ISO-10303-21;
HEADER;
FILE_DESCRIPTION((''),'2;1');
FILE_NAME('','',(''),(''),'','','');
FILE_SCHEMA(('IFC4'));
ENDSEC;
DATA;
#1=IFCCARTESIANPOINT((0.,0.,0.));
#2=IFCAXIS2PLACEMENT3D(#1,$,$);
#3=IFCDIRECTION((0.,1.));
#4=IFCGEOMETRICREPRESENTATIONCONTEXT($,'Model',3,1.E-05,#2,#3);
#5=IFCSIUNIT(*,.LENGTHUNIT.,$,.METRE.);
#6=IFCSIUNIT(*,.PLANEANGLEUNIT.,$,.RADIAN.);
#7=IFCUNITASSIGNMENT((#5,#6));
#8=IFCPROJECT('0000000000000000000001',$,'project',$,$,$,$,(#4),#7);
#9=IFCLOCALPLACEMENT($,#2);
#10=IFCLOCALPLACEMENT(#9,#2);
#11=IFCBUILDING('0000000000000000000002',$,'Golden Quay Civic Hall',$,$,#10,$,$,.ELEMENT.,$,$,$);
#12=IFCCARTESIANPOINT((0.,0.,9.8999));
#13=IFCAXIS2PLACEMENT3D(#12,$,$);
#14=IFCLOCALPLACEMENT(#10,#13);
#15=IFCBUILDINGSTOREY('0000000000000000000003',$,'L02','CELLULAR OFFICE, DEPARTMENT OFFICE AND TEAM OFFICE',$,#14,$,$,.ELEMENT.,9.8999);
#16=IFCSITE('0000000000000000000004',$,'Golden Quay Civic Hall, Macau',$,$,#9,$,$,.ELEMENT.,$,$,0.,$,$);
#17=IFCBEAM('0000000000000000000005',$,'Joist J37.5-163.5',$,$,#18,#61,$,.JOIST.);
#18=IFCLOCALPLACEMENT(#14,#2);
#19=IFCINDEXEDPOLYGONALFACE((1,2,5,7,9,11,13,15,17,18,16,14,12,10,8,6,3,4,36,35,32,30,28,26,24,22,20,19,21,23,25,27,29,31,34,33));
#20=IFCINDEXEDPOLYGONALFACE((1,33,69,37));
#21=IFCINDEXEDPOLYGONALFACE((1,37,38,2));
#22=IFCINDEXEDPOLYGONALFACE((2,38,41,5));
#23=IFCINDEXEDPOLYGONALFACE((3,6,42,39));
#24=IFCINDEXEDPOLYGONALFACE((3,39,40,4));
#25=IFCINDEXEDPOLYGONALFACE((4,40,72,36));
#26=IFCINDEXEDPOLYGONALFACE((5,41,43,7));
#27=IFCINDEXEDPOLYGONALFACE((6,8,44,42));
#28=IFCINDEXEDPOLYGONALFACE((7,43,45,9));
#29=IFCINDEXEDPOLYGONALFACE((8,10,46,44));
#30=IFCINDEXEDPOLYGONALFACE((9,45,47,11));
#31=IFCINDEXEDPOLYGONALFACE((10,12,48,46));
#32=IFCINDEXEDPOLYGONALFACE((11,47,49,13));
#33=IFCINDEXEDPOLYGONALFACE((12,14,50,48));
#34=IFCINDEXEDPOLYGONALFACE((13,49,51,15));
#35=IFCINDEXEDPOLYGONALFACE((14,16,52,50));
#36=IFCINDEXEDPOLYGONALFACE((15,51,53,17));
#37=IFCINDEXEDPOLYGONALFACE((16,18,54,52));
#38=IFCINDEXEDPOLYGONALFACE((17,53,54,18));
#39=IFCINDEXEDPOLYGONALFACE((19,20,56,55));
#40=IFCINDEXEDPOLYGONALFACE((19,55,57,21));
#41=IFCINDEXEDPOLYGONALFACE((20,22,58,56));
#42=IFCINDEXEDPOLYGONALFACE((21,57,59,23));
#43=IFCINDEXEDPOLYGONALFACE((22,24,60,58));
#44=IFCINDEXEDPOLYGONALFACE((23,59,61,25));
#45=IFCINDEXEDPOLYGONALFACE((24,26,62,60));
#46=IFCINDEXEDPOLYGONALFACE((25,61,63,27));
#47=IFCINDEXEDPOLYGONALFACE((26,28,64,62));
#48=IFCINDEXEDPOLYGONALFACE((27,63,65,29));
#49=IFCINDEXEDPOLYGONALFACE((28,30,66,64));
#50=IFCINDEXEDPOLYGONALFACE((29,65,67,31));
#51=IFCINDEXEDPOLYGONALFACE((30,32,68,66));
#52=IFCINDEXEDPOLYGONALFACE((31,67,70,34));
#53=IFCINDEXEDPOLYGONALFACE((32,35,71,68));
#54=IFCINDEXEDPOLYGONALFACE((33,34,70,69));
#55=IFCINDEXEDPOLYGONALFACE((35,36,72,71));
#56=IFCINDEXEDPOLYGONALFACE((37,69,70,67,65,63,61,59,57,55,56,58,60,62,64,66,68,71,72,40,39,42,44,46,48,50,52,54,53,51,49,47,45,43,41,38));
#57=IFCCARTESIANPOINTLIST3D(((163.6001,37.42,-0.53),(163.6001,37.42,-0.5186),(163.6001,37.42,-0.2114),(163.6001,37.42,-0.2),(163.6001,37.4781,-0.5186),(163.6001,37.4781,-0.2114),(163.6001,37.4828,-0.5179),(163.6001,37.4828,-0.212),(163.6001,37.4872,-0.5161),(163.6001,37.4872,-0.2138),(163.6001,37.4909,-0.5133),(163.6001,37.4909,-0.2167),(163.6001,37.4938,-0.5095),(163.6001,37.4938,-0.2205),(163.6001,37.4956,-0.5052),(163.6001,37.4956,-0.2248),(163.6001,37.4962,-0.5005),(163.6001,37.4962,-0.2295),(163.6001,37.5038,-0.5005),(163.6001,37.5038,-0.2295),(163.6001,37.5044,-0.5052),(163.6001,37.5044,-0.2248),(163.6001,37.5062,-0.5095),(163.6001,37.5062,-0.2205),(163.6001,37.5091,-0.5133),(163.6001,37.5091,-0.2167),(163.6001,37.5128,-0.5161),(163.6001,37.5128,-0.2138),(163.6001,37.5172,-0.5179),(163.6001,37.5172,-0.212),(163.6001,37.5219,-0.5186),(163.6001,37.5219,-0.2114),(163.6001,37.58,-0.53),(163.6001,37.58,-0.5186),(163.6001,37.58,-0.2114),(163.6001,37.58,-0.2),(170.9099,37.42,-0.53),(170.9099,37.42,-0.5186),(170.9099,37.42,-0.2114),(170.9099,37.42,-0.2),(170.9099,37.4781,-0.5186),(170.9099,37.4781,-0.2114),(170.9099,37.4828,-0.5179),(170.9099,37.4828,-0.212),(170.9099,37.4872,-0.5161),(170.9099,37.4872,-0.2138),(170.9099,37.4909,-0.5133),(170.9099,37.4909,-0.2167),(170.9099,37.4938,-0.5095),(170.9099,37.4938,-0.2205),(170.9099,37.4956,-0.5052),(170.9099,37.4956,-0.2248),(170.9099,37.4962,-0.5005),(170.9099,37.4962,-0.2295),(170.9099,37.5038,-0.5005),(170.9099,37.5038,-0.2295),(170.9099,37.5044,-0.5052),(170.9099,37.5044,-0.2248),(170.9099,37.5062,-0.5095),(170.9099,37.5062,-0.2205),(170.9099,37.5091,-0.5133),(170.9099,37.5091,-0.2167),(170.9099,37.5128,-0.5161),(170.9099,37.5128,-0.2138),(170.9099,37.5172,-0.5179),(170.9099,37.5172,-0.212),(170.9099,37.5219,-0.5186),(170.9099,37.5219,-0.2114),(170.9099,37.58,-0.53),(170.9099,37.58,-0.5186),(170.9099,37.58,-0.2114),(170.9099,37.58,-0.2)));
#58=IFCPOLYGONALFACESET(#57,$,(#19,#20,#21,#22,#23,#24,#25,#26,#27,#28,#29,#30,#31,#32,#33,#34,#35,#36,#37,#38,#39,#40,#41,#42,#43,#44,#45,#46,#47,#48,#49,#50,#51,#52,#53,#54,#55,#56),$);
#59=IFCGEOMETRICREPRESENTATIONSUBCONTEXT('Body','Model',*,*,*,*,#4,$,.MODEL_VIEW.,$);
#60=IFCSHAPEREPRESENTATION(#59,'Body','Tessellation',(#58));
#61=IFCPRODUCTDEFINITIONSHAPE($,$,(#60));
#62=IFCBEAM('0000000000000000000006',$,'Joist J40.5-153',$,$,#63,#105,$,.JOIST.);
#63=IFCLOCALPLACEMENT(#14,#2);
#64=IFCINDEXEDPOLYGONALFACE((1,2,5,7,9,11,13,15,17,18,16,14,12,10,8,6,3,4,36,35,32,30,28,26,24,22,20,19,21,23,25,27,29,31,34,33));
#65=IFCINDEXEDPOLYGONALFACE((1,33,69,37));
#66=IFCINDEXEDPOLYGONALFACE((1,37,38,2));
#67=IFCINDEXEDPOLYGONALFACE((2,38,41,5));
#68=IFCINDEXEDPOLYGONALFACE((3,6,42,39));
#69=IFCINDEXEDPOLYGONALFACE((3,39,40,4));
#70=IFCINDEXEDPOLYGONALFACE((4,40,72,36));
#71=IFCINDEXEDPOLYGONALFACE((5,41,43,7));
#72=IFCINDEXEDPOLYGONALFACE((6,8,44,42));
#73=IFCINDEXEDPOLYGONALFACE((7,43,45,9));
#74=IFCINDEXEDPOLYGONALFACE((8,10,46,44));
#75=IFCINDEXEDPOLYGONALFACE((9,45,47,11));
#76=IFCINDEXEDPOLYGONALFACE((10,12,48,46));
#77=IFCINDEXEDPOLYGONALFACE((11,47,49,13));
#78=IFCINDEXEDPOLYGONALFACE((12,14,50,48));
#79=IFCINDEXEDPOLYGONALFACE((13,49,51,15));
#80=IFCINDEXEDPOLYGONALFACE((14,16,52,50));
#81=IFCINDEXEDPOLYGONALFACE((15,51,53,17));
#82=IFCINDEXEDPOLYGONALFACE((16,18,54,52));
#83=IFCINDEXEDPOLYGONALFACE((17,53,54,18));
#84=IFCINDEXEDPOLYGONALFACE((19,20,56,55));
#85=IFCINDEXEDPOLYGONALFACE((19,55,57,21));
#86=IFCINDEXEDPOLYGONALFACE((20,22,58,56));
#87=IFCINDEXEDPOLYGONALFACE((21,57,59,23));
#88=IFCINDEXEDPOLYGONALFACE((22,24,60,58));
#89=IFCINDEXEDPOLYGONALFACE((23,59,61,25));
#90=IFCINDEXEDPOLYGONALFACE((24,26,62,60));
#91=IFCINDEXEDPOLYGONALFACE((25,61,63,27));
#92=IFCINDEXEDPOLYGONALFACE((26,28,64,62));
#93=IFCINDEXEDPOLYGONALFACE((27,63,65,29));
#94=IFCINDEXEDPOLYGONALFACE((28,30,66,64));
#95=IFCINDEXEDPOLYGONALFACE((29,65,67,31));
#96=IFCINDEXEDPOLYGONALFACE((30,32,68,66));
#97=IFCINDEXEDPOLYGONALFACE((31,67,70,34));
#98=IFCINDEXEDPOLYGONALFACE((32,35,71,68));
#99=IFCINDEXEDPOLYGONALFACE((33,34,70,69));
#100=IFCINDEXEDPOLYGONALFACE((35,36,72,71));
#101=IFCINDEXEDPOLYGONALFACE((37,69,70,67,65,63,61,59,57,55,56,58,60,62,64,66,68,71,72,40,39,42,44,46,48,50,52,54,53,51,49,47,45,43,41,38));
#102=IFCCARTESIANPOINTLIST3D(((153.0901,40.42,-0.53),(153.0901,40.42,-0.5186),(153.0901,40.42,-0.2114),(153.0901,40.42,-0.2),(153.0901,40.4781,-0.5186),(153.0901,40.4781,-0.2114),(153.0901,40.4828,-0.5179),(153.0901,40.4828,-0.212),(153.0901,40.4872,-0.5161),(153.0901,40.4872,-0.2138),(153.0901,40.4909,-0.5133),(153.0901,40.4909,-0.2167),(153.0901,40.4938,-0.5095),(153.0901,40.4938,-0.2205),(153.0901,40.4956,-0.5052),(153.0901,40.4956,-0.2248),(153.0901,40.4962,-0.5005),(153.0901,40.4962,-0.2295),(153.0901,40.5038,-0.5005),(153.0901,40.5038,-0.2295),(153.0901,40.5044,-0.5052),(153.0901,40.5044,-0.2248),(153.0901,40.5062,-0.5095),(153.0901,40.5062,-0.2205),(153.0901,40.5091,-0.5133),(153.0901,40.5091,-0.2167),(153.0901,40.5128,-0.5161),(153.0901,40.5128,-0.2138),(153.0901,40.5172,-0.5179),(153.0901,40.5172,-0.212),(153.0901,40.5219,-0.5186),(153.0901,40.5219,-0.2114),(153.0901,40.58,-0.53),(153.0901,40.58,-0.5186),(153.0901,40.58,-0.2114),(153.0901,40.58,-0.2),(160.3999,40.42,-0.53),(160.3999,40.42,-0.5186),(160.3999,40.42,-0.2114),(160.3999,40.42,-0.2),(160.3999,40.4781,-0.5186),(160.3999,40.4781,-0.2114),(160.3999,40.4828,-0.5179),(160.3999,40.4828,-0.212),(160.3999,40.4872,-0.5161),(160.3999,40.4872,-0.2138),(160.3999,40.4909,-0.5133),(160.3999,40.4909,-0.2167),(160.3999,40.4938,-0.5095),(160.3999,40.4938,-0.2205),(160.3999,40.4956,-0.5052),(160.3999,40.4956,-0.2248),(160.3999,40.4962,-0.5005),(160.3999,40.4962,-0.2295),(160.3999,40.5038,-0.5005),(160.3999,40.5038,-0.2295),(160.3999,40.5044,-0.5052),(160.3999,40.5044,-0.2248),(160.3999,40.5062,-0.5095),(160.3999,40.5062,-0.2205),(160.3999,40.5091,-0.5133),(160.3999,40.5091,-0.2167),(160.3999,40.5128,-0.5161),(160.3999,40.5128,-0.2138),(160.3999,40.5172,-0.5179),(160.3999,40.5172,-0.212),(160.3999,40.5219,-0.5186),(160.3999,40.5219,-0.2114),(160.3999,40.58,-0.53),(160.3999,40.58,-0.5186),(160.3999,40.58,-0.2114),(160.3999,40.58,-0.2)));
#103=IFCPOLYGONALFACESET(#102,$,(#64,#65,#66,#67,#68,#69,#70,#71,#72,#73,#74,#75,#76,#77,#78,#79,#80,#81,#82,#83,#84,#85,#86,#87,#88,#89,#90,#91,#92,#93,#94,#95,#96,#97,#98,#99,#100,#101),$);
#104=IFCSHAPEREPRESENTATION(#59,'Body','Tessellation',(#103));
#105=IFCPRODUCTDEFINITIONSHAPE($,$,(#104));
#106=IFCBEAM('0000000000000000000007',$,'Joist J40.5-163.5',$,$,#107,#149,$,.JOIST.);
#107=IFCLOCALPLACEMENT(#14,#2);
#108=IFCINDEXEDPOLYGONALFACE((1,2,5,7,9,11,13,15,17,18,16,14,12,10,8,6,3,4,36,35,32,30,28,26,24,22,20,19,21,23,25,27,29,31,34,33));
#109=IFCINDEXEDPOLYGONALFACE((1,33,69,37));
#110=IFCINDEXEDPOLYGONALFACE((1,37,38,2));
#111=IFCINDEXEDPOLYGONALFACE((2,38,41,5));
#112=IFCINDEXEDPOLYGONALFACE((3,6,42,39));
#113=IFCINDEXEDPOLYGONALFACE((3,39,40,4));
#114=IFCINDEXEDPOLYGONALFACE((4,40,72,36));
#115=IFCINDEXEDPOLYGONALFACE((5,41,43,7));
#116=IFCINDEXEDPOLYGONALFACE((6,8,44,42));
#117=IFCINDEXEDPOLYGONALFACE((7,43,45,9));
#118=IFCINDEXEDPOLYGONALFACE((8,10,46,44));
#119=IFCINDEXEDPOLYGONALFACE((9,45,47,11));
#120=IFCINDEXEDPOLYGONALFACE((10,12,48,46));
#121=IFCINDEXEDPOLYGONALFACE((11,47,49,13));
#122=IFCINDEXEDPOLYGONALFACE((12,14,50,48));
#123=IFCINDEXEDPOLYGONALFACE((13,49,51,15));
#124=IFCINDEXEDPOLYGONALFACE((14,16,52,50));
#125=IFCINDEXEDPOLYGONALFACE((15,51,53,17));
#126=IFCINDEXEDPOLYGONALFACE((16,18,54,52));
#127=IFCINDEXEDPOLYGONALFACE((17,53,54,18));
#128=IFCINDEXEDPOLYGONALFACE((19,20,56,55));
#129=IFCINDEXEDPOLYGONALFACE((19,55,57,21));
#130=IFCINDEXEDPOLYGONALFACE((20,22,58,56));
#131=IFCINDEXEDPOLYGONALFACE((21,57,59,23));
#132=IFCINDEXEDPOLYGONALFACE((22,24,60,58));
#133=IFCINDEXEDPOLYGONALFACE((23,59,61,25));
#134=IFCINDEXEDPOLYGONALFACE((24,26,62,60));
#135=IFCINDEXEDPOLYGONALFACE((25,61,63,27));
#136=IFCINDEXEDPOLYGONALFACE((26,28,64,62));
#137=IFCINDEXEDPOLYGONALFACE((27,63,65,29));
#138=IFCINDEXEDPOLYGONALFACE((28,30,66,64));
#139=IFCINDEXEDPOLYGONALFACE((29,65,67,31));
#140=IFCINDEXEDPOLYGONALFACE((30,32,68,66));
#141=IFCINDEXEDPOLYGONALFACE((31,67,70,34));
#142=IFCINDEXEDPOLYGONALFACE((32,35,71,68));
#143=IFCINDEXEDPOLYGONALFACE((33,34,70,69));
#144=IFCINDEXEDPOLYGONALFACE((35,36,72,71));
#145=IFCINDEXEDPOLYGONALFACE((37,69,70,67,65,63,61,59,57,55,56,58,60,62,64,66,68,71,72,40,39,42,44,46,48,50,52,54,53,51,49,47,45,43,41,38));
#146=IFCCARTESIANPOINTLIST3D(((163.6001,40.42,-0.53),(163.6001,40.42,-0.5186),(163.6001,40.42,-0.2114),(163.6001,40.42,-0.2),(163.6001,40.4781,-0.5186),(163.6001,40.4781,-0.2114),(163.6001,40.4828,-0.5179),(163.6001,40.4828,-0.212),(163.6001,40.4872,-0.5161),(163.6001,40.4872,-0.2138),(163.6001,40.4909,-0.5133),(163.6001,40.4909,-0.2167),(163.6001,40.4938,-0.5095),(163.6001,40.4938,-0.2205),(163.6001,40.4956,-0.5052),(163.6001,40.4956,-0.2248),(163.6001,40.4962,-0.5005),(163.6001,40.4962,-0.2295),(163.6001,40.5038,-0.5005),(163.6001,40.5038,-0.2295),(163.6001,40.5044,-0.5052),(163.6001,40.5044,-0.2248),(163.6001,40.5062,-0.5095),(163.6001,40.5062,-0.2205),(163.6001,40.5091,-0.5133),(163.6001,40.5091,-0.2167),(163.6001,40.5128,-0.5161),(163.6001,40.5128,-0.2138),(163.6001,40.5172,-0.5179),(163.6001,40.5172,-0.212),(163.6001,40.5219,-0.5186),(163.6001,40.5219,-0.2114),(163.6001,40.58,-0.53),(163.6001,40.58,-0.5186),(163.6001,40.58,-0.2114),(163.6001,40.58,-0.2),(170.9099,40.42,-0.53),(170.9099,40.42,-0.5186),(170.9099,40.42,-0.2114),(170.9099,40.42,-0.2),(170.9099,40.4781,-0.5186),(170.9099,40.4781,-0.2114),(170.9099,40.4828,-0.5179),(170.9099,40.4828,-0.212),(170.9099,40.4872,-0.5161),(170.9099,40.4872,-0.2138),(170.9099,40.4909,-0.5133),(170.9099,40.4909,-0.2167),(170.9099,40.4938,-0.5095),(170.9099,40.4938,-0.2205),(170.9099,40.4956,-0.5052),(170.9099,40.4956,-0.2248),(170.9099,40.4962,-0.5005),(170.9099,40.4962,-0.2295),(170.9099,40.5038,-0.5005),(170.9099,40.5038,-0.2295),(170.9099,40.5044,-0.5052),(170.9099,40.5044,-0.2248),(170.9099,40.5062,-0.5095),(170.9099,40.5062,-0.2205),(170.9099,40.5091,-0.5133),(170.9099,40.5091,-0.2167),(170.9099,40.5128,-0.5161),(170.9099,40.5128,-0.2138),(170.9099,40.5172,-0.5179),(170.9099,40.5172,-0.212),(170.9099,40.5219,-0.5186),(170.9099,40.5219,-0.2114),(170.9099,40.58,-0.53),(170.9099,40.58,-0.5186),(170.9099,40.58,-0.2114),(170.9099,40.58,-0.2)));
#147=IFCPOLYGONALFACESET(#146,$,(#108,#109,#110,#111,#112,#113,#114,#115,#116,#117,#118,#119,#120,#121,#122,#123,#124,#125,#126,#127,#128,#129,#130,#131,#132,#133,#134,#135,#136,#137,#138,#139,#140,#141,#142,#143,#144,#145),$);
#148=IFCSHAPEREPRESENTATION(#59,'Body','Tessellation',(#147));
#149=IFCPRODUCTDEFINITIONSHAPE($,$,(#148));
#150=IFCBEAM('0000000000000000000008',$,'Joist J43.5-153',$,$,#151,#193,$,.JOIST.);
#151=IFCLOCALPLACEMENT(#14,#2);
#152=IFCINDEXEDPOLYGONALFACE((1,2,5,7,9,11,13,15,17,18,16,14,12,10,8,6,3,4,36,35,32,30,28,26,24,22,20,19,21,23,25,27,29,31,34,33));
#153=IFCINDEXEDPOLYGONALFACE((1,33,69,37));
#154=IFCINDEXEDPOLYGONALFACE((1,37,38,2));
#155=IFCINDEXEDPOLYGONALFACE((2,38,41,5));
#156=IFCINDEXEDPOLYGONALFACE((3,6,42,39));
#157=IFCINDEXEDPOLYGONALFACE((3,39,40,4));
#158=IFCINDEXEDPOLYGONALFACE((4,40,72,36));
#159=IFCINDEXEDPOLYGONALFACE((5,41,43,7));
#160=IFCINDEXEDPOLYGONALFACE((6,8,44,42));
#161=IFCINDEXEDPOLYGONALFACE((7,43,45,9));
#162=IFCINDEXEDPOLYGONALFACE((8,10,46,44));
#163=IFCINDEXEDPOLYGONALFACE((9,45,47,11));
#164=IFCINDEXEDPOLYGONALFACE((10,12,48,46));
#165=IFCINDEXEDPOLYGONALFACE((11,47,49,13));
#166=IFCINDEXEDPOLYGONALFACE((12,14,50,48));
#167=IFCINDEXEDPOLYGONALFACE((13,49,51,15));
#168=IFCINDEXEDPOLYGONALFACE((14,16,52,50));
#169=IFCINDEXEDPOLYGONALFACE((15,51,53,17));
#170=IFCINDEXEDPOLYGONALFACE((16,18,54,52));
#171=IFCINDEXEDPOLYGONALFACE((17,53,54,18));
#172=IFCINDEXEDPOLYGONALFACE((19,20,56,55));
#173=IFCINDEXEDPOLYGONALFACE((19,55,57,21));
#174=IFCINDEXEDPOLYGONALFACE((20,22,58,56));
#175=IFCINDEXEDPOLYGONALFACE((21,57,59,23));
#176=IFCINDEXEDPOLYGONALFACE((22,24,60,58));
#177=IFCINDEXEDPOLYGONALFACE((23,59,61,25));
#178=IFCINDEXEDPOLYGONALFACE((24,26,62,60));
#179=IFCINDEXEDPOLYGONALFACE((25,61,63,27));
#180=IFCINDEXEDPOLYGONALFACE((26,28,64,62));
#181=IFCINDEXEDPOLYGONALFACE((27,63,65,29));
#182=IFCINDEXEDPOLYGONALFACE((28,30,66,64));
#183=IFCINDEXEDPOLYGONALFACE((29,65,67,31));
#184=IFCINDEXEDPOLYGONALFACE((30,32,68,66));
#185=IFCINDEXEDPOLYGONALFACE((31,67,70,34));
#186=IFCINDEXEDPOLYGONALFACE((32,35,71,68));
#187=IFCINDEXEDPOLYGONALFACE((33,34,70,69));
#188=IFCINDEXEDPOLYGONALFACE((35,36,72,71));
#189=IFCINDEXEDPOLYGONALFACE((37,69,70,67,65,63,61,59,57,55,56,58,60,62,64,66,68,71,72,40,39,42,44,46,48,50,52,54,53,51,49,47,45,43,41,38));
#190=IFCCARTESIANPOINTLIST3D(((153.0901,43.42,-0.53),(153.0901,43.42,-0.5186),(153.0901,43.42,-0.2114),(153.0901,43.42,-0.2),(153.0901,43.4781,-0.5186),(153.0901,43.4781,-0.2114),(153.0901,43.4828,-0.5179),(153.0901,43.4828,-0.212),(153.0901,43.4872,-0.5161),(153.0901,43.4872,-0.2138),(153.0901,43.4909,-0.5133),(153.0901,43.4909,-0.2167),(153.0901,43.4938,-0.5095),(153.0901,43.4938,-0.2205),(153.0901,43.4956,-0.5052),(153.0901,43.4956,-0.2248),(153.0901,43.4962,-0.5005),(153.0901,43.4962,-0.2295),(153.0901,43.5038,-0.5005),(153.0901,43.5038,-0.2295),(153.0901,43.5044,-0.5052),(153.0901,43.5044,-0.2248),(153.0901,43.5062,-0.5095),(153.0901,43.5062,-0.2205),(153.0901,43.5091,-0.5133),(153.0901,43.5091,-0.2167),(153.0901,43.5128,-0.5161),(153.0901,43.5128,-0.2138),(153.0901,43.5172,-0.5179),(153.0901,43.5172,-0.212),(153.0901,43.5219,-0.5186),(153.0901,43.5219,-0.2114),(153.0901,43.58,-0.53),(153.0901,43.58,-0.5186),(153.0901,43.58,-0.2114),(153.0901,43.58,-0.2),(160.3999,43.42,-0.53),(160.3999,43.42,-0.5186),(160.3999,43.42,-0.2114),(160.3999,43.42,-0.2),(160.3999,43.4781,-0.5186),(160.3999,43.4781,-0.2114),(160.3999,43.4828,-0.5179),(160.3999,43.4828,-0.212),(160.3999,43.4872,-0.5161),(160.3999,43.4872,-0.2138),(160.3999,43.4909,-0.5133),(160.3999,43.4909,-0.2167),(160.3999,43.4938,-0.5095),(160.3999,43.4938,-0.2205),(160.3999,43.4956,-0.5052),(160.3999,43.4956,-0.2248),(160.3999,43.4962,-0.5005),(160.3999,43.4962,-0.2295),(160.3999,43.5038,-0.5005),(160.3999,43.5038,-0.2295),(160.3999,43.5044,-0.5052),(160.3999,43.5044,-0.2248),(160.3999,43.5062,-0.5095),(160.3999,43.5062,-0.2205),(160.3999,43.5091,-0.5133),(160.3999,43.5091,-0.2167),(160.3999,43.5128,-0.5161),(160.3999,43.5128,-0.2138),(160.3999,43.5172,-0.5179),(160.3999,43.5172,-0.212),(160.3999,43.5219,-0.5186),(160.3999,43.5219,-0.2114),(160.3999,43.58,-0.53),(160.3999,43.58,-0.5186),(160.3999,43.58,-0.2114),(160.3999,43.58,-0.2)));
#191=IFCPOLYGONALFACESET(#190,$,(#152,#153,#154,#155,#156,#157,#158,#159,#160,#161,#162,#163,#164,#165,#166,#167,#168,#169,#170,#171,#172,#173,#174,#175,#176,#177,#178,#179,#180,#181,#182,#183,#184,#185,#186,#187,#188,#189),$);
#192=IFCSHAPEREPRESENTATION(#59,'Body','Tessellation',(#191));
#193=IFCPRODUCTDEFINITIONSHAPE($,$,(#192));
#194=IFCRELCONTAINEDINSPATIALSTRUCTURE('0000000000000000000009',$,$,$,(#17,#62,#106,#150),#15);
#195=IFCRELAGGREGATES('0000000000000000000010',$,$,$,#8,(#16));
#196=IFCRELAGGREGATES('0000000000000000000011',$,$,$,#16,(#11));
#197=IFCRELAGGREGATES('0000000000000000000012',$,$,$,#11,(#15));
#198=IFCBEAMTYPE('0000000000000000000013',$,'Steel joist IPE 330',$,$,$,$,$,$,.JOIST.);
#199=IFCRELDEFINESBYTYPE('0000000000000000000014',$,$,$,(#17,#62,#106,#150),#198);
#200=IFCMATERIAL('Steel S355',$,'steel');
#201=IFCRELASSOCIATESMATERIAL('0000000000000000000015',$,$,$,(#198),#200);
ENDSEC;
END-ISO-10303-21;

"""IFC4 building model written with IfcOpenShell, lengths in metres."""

from ifc_helpers import new_model, si_unit, direction, frame, origin, origin_2d, place, context, subcontext, project, spatial, i_section, extrude, material, material_profile, profile_set, type_object, element, save


model = new_model("IFC4")

# Units and contexts
model_context = context("Model", 3, precision=1e-05, world=origin(), true_north=direction((0.0, 1.0)))
body_context = subcontext(model_context, "Body", "Model", "MODEL_VIEW")
ifc_project = project(units=[si_unit("LENGTHUNIT", "METRE"), si_unit("PLANEANGLEUNIT", "RADIAN")], contexts=[model_context])

# Site, building, storey
site_placement = place(None, origin())
site = spatial("IfcSite", under=ifc_project, at=site_placement, Name="Golden Quay Civic Hall, Macau", CompositionType="ELEMENT", RefElevation=0.0)
building_placement = place(site_placement, origin())
building = spatial("IfcBuilding", under=site, at=building_placement, Name="Golden Quay Civic Hall", CompositionType="ELEMENT")
storey_placement = place(building_placement, frame((0.0, 0.0, 9.8999)))
storey = spatial("IfcBuildingStorey", under=building, at=storey_placement, Name="L02", Description="CELLULAR OFFICE, DEPARTMENT OFFICE AND TEAM OFFICE", CompositionType="ELEMENT", Elevation=9.8999)

# Beams
ifc_material_1 = material(Name="Steel S355", Category="steel")
ifc_material_profile_1 = material_profile(ifc_material_1, i_section(OverallWidth=0.1599, OverallDepth=0.3301, WebThickness=0.0076, FlangeThickness=0.0115, FilletRadius=0.0181, at=origin_2d()), Name="IPE 330")
ifc_profile_set_1 = profile_set([ifc_material_profile_1], Name="Steel S355")
beam_type_1 = type_object("IfcBeamType", Name="Steel joist IPE 330", PredefinedType="JOIST", material=ifc_profile_set_1)
for number, where, z_axis, x_axis, name in (
    (1, (163.6001, 37.5, -0.365), (1.0, 0.0, 0.0), (0.0, 1.0, 0.0), "Joist J37.5-163.5"),
    (2, (153.0901, 40.5, -0.365), (1.0, 0.0, 0.0), (0.0, 1.0, 0.0), "Joist J40.5-153"),
    (3, (163.6001, 40.5, -0.365), (1.0, 0.0, 0.0), (0.0, 1.0, 0.0), "Joist J40.5-163.5"),
    (4, (153.0901, 43.5, -0.365), (1.0, 0.0, 0.0), (0.0, 1.0, 0.0), "Joist J43.5-153"),
):
    element("IfcBeam", number, at=place(storey_placement, frame(where, z_axis=z_axis, x_axis=x_axis)), inside=storey, type_object=beam_type_1, Name=name, PredefinedType="JOIST", context=body_context, shape_type="SweptSolid", body=[
        extrude(i_section(OverallWidth=0.1599, OverallDepth=0.3301, WebThickness=0.0076, FlangeThickness=0.0115, FilletRadius=0.0181, at=origin_2d()), origin(), (0.0, 0.0, 1.0), 7.3098),
    ])

save(model, "model.ifc")
